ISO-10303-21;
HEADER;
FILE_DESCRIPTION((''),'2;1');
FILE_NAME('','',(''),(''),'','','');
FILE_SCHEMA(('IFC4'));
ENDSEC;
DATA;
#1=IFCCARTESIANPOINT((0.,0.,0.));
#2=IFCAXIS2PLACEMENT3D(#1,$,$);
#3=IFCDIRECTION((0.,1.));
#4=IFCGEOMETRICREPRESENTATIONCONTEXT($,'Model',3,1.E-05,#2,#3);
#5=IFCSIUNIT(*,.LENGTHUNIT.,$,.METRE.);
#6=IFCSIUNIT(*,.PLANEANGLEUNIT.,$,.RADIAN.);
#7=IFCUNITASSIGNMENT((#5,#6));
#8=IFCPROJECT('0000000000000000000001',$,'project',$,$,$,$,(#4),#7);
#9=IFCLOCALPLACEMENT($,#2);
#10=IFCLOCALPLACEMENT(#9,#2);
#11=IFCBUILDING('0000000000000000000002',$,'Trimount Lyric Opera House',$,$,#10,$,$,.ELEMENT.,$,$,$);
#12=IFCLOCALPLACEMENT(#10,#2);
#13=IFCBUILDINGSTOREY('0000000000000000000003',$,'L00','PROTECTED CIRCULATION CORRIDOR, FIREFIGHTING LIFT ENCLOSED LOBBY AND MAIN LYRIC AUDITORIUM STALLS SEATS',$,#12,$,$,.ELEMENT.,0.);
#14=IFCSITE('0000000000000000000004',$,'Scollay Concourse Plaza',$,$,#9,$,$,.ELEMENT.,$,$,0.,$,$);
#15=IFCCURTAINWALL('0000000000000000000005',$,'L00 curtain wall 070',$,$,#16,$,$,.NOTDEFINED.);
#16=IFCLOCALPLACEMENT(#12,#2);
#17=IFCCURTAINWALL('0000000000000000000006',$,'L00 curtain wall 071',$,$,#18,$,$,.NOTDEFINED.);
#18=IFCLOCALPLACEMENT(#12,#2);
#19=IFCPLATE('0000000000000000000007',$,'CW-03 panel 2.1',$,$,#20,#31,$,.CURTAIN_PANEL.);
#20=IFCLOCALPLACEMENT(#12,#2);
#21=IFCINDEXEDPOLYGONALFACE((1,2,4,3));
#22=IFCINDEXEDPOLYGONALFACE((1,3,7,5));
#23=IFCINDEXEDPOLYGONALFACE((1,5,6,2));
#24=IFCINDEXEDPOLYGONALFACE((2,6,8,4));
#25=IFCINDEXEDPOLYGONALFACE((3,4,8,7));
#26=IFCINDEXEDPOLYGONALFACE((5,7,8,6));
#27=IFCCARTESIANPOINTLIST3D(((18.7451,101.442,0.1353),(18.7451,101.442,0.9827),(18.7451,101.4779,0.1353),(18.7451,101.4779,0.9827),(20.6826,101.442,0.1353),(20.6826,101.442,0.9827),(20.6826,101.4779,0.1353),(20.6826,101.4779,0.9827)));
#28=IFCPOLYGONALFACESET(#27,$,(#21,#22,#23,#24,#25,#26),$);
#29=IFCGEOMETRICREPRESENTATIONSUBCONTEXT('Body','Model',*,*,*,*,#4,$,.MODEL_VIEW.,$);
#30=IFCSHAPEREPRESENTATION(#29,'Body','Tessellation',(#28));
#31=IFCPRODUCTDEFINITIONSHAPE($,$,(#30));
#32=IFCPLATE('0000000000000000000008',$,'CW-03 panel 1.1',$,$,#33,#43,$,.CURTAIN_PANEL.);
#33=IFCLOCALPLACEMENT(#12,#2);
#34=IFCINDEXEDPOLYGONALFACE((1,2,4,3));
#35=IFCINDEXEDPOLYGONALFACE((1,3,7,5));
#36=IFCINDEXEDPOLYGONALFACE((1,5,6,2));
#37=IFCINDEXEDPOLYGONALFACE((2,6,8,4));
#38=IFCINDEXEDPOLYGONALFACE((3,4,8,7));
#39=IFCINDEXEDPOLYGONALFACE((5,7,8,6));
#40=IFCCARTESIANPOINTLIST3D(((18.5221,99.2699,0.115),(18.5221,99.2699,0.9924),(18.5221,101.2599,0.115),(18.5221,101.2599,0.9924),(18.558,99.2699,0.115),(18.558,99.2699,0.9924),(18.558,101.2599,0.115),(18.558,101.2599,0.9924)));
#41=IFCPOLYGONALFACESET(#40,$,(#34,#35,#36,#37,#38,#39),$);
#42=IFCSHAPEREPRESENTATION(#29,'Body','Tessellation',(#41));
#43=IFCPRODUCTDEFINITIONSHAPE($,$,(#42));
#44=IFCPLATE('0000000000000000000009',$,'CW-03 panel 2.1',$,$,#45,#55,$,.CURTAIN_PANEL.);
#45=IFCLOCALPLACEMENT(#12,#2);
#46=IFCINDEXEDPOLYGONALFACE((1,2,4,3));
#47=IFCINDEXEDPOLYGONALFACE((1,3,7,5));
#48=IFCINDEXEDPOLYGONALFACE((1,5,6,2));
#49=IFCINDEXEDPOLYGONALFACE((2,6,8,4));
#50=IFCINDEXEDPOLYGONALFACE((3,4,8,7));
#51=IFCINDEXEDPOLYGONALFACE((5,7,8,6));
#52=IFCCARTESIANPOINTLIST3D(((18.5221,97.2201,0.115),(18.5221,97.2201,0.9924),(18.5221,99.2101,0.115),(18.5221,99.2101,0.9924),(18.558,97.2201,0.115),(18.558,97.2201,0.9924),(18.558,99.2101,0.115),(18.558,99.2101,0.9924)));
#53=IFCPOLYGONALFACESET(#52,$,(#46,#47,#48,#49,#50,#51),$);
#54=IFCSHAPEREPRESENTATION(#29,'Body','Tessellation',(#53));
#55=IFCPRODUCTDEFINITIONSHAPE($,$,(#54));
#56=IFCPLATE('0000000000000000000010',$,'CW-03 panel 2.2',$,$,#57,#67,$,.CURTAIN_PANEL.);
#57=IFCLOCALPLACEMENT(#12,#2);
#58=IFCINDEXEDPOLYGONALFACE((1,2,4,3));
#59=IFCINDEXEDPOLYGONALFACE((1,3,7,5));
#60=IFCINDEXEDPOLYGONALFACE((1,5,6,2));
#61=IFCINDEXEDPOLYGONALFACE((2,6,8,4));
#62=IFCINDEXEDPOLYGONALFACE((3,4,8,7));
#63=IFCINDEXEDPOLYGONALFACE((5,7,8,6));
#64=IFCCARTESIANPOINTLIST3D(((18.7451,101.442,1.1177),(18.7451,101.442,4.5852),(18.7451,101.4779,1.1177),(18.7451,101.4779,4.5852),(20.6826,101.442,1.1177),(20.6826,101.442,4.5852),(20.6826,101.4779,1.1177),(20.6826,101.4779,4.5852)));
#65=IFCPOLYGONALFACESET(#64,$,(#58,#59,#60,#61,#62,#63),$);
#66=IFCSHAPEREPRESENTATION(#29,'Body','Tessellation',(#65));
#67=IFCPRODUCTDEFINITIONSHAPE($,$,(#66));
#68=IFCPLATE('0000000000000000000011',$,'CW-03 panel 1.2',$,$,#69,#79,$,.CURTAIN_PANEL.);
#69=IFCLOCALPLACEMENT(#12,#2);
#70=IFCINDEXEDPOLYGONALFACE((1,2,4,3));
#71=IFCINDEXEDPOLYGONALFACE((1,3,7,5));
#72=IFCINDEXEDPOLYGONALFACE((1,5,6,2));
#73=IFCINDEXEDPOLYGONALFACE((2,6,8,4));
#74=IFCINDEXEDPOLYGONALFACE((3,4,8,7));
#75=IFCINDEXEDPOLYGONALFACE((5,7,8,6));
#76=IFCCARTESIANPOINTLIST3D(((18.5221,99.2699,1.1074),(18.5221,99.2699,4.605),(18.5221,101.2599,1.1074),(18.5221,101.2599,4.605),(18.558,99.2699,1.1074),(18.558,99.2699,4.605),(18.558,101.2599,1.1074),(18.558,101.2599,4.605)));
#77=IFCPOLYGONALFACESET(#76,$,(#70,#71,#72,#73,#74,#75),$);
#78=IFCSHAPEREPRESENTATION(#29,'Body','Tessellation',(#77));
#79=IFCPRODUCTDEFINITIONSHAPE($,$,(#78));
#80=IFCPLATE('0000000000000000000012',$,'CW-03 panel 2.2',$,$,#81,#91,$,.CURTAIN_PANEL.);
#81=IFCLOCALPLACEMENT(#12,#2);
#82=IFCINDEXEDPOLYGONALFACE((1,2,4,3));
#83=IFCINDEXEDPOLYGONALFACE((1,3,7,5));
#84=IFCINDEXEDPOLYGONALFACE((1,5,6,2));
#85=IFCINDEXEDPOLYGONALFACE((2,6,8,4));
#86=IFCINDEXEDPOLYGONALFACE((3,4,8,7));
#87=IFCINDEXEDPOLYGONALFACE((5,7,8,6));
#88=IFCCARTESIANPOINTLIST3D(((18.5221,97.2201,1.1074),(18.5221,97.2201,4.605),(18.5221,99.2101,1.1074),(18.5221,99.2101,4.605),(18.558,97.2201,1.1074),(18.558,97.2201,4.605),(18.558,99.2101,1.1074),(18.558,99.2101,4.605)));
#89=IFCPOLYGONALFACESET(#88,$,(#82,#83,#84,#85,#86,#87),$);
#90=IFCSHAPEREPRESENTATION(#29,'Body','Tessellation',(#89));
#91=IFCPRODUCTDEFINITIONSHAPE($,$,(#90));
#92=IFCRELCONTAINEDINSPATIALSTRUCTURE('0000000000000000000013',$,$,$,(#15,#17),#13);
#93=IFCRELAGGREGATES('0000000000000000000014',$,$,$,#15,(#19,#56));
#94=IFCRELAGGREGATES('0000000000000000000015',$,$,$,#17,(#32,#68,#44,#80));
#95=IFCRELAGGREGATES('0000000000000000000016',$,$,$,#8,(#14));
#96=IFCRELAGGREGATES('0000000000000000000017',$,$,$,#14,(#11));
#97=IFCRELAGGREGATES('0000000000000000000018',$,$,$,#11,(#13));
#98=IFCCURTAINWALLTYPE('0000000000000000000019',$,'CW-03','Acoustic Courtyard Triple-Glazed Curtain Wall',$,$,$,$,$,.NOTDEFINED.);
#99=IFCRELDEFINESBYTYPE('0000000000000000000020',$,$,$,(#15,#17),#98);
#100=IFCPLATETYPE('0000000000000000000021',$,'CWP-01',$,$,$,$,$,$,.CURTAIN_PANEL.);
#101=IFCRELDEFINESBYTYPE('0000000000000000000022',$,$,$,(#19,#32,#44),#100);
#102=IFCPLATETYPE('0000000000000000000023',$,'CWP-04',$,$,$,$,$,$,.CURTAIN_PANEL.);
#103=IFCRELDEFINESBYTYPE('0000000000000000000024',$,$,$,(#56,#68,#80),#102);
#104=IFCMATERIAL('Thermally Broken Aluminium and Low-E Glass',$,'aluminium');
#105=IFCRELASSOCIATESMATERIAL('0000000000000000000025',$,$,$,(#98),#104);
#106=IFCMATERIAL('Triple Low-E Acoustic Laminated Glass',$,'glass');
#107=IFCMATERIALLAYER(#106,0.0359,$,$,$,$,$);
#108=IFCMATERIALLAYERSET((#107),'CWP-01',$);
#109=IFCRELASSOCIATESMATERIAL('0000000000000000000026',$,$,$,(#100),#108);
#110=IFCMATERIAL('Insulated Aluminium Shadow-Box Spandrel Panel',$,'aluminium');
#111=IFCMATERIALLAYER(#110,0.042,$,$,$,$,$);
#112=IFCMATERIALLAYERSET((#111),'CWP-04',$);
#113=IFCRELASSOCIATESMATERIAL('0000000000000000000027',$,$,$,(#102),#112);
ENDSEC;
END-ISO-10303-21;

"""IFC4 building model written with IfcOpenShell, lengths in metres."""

from ifc_helpers import new_model, si_unit, direction, frame, origin, origin_2d, place, context, subcontext, project, spatial, rectangle, extrude, material, layer, layer_set, type_object, element, aggregate, save


model = new_model("IFC4")

# Units and contexts
model_context = context("Model", 3, precision=1e-05, world=origin(), true_north=direction((0.0, 1.0)))
body_context = subcontext(model_context, "Body", "Model", "MODEL_VIEW")
ifc_project = project(units=[si_unit("LENGTHUNIT", "METRE"), si_unit("PLANEANGLEUNIT", "RADIAN")], contexts=[model_context])

# Site, building, storey
site_placement = place(None, origin())
site = spatial("IfcSite", under=ifc_project, at=site_placement, Name="Scollay Concourse Plaza", CompositionType="ELEMENT", RefElevation=0.0)
building_placement = place(site_placement, origin())
building = spatial("IfcBuilding", under=site, at=building_placement, Name="Trimount Lyric Opera House", CompositionType="ELEMENT")
storey_placement = place(building_placement, origin())
storey = spatial("IfcBuildingStorey", under=building, at=storey_placement, Name="L00", Description="PROTECTED CIRCULATION CORRIDOR, FIREFIGHTING LIFT ENCLOSED LOBBY AND MAIN LYRIC AUDITORIUM STALLS SEATS", CompositionType="ELEMENT", Elevation=0.0)

# Curtain wall
ifc_material_1 = material(Name="Thermally Broken Aluminium and Low-E Glass", Category="aluminium")
curtain_wall_type = type_object("IfcCurtainWallType", Name="CW-03", Description="Acoustic Courtyard Triple-Glazed Curtain Wall", PredefinedType="NOTDEFINED", material=ifc_material_1)
curtain_wall_1_placement = place(storey_placement, origin())
curtain_wall_1 = element("IfcCurtainWall", 1, at=curtain_wall_1_placement, inside=storey, type_object=curtain_wall_type, Name="L00 curtain wall 070", PredefinedType="NOTDEFINED")

# Curtain wall
curtain_wall_2_placement = place(storey_placement, origin())
curtain_wall_2 = element("IfcCurtainWall", 2, at=curtain_wall_2_placement, inside=storey, type_object=curtain_wall_type, Name="L00 curtain wall 071", PredefinedType="NOTDEFINED")

# Plates
ifc_material_2 = material(Name="Triple Low-E Acoustic Laminated Glass", Category="glass")
ifc_layer_1 = layer(ifc_material_2, 0.0359)
ifc_layer_set_1 = layer_set([ifc_layer_1], Name="CWP-01")
plate_type_1 = type_object("IfcPlateType", Name="CWP-01", PredefinedType="CURTAIN_PANEL", material=ifc_layer_set_1)
plate_1_placement = place(storey_placement, frame((19.7139, 101.46, 0.1353), z_axis=(0.0, 0.0, 1.0), x_axis=(-1.0, 0.0, 0.0)))
plate_1 = element("IfcPlate", 3, at=plate_1_placement, type_object=plate_type_1, Name="CW-03 panel 2.1", PredefinedType="CURTAIN_PANEL", context=body_context, shape_type="SweptSolid", body=[
    extrude(rectangle(XDim=1.9375, YDim=0.0359, at=origin_2d()), origin(), (0.0, 0.0, 1.0), 0.8474),
])
plate_2_placement = place(storey_placement, frame((18.54, 100.2649, 0.115), z_axis=(0.0, 0.0, 1.0), x_axis=(0.0, -1.0, 0.0)))
plate_2 = element("IfcPlate", 4, at=plate_2_placement, type_object=plate_type_1, Name="CW-03 panel 1.1", PredefinedType="CURTAIN_PANEL", context=body_context, shape_type="SweptSolid", body=[
    extrude(rectangle(XDim=1.99, YDim=0.0359, at=origin_2d()), origin(), (0.0, 0.0, 1.0), 0.8774),
])
plate_3_placement = place(storey_placement, frame((18.54, 98.2151, 0.115), z_axis=(0.0, 0.0, 1.0), x_axis=(0.0, -1.0, 0.0)))
plate_3 = element("IfcPlate", 5, at=plate_3_placement, type_object=plate_type_1, Name="CW-03 panel 2.1", PredefinedType="CURTAIN_PANEL", context=body_context, shape_type="SweptSolid", body=[
    extrude(rectangle(XDim=1.99, YDim=0.0359, at=origin_2d()), origin(), (0.0, 0.0, 1.0), 0.8774),
])
ifc_material_3 = material(Name="Insulated Aluminium Shadow-Box Spandrel Panel", Category="aluminium")
ifc_layer_2 = layer(ifc_material_3, 0.042)
ifc_layer_set_2 = layer_set([ifc_layer_2], Name="CWP-04")
plate_type_2 = type_object("IfcPlateType", Name="CWP-04", PredefinedType="CURTAIN_PANEL", material=ifc_layer_set_2)
plate_4_placement = place(storey_placement, frame((19.7139, 101.46, 1.1177), z_axis=(0.0, 0.0, 1.0), x_axis=(-1.0, 0.0, 0.0)))
plate_4 = element("IfcPlate", 6, at=plate_4_placement, type_object=plate_type_2, Name="CW-03 panel 2.2", PredefinedType="CURTAIN_PANEL", context=body_context, shape_type="SweptSolid", body=[
    extrude(rectangle(XDim=1.9375, YDim=0.0359, at=origin_2d()), origin(), (0.0, 0.0, 1.0), 3.4675),
])
aggregate(curtain_wall_1, [plate_1, plate_4])
plate_5_placement = place(storey_placement, frame((18.54, 100.2649, 1.1074), z_axis=(0.0, 0.0, 1.0), x_axis=(0.0, -1.0, 0.0)))
plate_5 = element("IfcPlate", 7, at=plate_5_placement, type_object=plate_type_2, Name="CW-03 panel 1.2", PredefinedType="CURTAIN_PANEL", context=body_context, shape_type="SweptSolid", body=[
    extrude(rectangle(XDim=1.99, YDim=0.0359, at=origin_2d()), origin(), (0.0, 0.0, 1.0), 3.4976),
])
plate_6_placement = place(storey_placement, frame((18.54, 98.2151, 1.1074), z_axis=(0.0, 0.0, 1.0), x_axis=(0.0, -1.0, 0.0)))
plate_6 = element("IfcPlate", 8, at=plate_6_placement, type_object=plate_type_2, Name="CW-03 panel 2.2", PredefinedType="CURTAIN_PANEL", context=body_context, shape_type="SweptSolid", body=[
    extrude(rectangle(XDim=1.99, YDim=0.0359, at=origin_2d()), origin(), (0.0, 0.0, 1.0), 3.4976),
])
aggregate(curtain_wall_2, [plate_2, plate_5, plate_3, plate_6])

save(model, "model.ifc")
